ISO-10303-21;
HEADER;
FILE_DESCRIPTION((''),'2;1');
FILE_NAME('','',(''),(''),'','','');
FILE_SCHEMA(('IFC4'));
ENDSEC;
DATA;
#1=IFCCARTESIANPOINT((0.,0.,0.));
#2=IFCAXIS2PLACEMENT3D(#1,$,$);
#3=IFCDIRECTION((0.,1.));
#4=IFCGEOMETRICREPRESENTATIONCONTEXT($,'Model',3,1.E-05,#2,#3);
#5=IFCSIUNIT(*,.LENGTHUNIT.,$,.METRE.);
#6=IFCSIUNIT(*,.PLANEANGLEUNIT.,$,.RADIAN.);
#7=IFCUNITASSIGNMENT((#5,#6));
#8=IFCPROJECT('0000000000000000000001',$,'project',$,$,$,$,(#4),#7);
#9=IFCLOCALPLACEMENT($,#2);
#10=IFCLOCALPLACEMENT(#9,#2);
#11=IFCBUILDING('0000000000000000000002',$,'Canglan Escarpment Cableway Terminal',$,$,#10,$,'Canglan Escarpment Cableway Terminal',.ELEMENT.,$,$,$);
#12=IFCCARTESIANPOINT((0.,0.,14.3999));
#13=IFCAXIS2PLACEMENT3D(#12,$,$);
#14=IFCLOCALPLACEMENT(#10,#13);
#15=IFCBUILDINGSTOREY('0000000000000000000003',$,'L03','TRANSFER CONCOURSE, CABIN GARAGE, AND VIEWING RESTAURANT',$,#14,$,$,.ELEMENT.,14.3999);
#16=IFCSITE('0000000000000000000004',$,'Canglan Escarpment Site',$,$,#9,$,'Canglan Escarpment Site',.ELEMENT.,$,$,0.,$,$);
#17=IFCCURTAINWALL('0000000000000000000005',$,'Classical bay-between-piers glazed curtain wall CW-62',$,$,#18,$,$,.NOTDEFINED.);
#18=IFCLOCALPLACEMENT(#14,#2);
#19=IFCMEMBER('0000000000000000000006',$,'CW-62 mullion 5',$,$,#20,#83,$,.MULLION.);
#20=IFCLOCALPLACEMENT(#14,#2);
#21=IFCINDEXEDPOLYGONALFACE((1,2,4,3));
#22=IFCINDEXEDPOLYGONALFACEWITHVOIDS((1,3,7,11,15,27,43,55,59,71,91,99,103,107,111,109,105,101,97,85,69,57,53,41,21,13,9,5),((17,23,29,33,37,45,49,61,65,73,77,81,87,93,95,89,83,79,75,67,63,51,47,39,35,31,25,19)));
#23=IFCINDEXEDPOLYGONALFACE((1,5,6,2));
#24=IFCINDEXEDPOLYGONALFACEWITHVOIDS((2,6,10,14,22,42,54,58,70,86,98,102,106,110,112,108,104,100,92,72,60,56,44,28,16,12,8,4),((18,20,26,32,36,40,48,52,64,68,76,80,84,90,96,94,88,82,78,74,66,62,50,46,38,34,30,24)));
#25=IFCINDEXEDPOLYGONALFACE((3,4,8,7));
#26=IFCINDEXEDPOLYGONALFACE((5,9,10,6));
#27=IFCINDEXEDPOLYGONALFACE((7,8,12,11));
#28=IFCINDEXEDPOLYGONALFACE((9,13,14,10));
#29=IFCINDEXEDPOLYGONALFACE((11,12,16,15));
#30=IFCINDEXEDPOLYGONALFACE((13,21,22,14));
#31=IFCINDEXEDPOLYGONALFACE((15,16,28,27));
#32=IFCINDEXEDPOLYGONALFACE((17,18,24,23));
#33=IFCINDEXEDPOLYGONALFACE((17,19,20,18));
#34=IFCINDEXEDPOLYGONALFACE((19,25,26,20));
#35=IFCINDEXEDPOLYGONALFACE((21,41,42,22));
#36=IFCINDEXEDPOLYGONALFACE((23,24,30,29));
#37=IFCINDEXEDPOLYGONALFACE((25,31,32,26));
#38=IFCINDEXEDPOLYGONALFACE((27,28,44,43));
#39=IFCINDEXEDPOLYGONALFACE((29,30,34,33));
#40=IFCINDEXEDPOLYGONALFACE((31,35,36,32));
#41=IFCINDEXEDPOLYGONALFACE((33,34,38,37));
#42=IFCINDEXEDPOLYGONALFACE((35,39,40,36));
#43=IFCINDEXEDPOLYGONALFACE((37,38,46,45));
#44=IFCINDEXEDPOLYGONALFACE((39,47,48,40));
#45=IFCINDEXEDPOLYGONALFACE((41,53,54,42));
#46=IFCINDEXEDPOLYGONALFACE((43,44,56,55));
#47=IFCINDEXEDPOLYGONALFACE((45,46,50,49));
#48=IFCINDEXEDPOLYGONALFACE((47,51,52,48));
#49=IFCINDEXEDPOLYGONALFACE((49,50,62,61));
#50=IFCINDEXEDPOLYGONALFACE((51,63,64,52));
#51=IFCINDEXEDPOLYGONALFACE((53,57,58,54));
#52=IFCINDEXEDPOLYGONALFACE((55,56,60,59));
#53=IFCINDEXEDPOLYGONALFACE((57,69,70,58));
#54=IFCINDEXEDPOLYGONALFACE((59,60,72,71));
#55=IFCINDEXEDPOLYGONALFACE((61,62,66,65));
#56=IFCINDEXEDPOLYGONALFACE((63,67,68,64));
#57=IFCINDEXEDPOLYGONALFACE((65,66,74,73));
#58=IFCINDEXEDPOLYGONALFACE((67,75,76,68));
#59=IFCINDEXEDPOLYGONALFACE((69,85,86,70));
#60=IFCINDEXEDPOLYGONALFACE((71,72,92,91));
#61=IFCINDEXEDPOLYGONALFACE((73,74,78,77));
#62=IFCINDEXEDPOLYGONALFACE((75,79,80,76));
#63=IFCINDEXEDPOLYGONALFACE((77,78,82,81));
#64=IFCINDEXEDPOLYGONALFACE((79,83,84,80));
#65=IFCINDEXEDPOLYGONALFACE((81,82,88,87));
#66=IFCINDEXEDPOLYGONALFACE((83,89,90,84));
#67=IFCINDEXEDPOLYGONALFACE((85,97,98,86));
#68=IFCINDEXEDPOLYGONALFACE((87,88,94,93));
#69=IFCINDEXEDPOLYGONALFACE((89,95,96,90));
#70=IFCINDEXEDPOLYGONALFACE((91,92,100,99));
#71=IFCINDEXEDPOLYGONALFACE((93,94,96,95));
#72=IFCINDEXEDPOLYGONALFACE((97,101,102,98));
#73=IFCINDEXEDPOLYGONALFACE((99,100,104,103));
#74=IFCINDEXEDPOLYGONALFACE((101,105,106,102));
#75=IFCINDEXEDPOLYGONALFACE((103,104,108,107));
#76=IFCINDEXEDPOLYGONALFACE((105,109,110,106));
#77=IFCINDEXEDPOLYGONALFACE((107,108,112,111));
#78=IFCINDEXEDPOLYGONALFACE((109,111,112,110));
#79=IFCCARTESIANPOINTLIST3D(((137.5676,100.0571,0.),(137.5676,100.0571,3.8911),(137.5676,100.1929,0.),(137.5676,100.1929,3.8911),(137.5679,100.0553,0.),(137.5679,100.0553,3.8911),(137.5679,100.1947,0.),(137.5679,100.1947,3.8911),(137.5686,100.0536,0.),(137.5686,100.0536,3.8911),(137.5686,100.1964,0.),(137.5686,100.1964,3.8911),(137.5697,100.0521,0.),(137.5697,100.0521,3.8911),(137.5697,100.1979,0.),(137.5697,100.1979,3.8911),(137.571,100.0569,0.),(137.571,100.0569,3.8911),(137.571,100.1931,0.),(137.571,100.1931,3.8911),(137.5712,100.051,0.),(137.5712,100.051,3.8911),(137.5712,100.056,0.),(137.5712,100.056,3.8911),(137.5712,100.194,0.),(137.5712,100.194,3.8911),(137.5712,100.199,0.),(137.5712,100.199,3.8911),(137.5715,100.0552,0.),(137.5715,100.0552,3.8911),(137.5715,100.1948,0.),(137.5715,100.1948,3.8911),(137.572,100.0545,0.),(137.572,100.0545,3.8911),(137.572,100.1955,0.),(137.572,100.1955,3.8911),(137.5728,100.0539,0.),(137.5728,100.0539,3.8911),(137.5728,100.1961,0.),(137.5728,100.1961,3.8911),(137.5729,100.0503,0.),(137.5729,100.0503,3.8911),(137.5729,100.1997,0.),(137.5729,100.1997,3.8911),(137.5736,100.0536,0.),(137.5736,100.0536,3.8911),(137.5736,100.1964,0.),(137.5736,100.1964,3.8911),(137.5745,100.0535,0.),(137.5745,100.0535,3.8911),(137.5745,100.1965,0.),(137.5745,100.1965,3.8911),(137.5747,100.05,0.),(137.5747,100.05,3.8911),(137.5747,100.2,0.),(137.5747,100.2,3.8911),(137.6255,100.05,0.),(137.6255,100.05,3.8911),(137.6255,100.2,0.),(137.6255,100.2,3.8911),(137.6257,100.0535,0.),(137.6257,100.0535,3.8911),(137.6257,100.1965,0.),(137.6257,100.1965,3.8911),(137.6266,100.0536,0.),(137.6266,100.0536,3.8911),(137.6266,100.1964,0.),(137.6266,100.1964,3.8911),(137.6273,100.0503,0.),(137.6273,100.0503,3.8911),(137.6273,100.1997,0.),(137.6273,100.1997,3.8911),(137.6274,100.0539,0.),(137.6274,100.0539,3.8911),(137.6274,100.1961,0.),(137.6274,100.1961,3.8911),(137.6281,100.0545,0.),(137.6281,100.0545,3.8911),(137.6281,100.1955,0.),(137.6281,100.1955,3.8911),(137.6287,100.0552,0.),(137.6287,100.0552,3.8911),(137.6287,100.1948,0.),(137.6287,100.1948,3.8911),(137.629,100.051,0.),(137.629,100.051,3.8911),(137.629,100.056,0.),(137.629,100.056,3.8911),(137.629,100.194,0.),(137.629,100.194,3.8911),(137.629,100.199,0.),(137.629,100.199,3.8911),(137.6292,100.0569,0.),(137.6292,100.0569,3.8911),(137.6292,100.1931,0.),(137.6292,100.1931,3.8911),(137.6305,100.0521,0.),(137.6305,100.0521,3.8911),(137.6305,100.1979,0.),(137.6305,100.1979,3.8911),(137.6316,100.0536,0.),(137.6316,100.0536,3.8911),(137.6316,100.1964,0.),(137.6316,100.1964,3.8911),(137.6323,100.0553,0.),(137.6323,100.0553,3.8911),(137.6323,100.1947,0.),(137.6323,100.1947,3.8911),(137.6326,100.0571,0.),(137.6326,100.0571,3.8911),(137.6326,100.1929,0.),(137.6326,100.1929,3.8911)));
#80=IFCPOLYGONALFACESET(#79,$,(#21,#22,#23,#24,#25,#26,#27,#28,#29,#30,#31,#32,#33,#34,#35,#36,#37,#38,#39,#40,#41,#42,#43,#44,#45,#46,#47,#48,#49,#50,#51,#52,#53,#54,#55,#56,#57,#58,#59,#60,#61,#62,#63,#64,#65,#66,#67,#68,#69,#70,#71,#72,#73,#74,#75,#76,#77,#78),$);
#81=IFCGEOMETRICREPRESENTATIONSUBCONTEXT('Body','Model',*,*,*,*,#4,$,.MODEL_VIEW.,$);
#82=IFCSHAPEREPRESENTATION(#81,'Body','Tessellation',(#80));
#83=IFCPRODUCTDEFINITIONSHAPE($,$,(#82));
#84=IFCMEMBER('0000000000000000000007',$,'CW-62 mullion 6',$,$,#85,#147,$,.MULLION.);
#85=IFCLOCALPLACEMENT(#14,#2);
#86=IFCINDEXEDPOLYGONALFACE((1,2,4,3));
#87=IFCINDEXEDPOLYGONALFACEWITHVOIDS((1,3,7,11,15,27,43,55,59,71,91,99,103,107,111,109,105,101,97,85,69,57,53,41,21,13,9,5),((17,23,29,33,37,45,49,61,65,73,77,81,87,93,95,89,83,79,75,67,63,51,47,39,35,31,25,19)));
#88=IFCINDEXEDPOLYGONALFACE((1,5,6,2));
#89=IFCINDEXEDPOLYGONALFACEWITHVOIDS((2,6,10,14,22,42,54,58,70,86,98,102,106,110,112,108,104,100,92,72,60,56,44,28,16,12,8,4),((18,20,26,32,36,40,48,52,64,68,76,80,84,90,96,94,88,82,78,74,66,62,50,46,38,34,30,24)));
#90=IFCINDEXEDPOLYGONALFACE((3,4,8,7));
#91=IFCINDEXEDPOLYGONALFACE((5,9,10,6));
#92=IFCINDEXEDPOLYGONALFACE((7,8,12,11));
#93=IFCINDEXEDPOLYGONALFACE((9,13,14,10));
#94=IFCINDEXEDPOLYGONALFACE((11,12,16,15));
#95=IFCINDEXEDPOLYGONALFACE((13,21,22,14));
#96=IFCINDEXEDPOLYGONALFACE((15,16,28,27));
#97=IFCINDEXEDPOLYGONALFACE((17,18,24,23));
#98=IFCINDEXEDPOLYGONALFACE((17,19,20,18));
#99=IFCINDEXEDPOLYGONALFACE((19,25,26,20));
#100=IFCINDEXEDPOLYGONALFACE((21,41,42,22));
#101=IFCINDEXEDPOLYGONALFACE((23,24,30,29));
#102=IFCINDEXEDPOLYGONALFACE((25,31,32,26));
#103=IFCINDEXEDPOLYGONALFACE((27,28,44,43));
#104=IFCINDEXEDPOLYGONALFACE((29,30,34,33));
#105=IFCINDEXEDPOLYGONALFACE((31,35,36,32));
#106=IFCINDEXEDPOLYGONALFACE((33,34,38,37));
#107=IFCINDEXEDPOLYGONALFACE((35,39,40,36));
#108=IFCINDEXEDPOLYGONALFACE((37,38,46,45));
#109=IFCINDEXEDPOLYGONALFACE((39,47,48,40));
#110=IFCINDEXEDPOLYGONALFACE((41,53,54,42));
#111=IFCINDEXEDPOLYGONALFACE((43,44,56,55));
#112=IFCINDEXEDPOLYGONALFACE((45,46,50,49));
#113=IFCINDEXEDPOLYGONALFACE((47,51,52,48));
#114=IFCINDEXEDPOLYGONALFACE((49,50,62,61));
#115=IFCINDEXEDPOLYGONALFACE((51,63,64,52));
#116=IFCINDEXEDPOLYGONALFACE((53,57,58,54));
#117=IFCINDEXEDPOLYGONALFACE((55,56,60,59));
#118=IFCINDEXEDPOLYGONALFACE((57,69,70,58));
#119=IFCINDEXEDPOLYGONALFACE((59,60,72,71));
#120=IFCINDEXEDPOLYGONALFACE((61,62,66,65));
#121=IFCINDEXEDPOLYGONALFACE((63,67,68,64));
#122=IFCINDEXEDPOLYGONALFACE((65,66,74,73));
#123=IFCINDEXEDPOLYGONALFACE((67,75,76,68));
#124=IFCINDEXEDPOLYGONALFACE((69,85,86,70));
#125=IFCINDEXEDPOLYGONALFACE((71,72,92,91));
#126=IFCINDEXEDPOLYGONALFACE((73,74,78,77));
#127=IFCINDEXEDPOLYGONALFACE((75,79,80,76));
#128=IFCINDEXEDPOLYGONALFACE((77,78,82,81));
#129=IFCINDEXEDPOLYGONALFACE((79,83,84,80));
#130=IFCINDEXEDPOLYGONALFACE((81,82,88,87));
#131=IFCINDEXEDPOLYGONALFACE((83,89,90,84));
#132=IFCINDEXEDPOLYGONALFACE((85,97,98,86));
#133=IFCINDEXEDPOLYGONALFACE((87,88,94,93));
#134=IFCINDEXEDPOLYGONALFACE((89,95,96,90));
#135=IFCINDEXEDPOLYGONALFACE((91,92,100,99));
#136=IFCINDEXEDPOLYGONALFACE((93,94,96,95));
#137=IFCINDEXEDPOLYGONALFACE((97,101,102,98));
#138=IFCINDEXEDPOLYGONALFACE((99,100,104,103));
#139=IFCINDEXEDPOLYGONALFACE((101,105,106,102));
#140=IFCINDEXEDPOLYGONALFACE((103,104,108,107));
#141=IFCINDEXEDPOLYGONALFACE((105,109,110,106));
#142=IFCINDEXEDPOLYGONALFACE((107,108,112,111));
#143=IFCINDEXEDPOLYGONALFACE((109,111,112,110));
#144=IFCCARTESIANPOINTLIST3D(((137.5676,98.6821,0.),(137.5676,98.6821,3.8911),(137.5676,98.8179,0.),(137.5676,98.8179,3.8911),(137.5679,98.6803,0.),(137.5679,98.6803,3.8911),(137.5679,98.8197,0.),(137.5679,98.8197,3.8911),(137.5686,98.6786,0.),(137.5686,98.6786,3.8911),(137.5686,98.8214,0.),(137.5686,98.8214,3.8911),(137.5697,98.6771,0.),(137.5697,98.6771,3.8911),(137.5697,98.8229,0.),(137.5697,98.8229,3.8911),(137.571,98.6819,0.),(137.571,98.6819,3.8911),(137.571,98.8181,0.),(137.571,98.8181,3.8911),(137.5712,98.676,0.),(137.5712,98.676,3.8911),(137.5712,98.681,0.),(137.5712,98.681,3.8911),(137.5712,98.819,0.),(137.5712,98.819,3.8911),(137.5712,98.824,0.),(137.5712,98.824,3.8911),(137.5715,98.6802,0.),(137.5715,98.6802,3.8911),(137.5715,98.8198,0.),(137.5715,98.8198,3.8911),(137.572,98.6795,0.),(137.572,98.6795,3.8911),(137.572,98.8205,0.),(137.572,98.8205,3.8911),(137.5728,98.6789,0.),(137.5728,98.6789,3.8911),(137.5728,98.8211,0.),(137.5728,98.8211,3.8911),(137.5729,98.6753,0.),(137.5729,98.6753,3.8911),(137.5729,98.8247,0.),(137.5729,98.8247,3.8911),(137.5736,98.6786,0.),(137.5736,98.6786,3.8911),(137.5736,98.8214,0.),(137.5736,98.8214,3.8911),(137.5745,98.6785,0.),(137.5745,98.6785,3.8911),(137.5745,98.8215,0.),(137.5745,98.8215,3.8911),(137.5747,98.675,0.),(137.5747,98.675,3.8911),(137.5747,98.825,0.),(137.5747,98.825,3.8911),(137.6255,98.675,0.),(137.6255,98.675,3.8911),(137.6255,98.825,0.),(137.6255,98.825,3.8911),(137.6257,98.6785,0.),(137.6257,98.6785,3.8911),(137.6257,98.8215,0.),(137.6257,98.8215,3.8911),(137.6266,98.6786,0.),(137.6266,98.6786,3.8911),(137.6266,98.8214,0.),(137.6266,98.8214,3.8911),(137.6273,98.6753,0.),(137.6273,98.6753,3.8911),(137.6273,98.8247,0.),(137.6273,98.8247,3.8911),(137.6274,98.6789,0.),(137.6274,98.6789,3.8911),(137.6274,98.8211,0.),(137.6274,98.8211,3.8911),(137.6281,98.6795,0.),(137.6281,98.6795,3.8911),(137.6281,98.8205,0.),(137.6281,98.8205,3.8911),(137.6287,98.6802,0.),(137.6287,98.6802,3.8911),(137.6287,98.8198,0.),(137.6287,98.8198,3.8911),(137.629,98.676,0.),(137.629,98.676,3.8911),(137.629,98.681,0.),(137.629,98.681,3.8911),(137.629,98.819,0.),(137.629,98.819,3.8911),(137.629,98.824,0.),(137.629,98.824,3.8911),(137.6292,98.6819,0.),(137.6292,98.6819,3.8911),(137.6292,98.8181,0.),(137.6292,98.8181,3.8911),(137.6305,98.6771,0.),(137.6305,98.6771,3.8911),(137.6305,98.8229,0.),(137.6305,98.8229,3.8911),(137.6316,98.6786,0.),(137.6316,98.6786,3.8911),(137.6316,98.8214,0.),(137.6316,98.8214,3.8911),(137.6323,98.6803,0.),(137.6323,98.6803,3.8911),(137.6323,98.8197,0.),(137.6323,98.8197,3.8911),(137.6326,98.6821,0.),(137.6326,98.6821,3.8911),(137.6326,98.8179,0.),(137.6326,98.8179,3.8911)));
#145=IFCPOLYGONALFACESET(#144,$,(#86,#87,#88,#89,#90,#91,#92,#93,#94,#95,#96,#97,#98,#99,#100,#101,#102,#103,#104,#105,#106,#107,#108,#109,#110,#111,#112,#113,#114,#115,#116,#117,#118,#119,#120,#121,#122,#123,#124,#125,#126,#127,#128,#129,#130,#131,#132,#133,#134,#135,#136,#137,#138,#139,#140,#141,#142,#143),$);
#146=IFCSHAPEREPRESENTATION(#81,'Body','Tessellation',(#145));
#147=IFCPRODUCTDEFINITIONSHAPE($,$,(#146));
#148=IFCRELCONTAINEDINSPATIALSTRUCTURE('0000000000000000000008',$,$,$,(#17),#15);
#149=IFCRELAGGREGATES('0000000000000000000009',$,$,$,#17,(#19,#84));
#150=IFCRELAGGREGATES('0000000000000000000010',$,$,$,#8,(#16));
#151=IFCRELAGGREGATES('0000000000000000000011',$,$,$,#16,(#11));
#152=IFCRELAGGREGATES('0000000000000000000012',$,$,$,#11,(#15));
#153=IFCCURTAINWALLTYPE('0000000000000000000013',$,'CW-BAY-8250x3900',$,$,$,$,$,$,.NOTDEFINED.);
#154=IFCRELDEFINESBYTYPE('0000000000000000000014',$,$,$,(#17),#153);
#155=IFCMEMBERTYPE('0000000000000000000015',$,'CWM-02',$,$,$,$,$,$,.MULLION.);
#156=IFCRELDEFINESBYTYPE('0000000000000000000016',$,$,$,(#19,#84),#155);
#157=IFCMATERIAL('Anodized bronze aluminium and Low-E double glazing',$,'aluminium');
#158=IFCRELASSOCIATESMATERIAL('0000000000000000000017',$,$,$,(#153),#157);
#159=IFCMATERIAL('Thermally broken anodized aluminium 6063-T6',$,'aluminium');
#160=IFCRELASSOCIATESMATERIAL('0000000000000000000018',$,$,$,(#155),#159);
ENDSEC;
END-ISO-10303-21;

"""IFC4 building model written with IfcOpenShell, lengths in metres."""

from ifc_helpers import new_model, si_unit, direction, frame, origin, origin_2d, place, context, subcontext, project, spatial, hollow_rectangle, extrude, material, material_profile, profile_set, type_object, element, aggregate, save


model = new_model("IFC4")

# Units and contexts
model_context = context("Model", 3, precision=1e-05, world=origin(), true_north=direction((0.0, 1.0)))
body_context = subcontext(model_context, "Body", "Model", "MODEL_VIEW")
ifc_project = project(units=[si_unit("LENGTHUNIT", "METRE"), si_unit("PLANEANGLEUNIT", "RADIAN")], contexts=[model_context])

# Site, building, storey
site_placement = place(None, origin())
site = spatial("IfcSite", under=ifc_project, at=site_placement, Name="Canglan Escarpment Site", LongName="Canglan Escarpment Site", CompositionType="ELEMENT", RefElevation=0.0)
building_placement = place(site_placement, origin())
building = spatial("IfcBuilding", under=site, at=building_placement, Name="Canglan Escarpment Cableway Terminal", LongName="Canglan Escarpment Cableway Terminal", CompositionType="ELEMENT")
storey_placement = place(building_placement, frame((0.0, 0.0, 14.3999)))
storey = spatial("IfcBuildingStorey", under=building, at=storey_placement, Name="L03", Description="TRANSFER CONCOURSE, CABIN GARAGE, AND VIEWING RESTAURANT", CompositionType="ELEMENT", Elevation=14.3999)

# Curtain wall, members
ifc_material_1 = material(Name="Anodized bronze aluminium and Low-E double glazing", Category="aluminium")
curtain_wall_type = type_object("IfcCurtainWallType", Name="CW-BAY-8250x3900", PredefinedType="NOTDEFINED", material=ifc_material_1)
curtain_wall_placement = place(storey_placement, origin())
curtain_wall = element("IfcCurtainWall", 1, at=curtain_wall_placement, inside=storey, type_object=curtain_wall_type, Name="Classical bay-between-piers glazed curtain wall CW-62", PredefinedType="NOTDEFINED")
ifc_material_2 = material(Name="Thermally broken anodized aluminium 6063-T6", Category="aluminium")
ifc_material_profile_1 = material_profile(ifc_material_2, hollow_rectangle(XDim=0.0649, YDim=0.1499, WallThickness=0.0034, InnerFilletRadius=0.0034, OuterFilletRadius=0.0071, at=origin_2d()), Name="ALU-MULL 65x150x3.5")
ifc_profile_set_1 = profile_set([ifc_material_profile_1], Name="Thermally broken anodized aluminium 6063-T6")
member_type_1 = type_object("IfcMemberType", Name="CWM-02", PredefinedType="MULLION", material=ifc_profile_set_1)
member_1_placement = place(storey_placement, frame((137.6001, 100.125, 0.0), z_axis=(0.0, 0.0, 1.0), x_axis=(1.0, 0.0, 0.0)))
member_1 = element("IfcMember", 2, at=member_1_placement, type_object=member_type_1, Name="CW-62 mullion 5", PredefinedType="MULLION", context=body_context, shape_type="SweptSolid", body=[
    extrude(hollow_rectangle(XDim=0.0649, YDim=0.1499, WallThickness=0.0034, InnerFilletRadius=0.0034, OuterFilletRadius=0.0071, at=origin_2d()), origin(), (0.0, 0.0, 1.0), 3.8911),
])
member_2_placement = place(storey_placement, frame((137.6001, 98.75, 0.0), z_axis=(0.0, 0.0, 1.0), x_axis=(1.0, 0.0, 0.0)))
member_2 = element("IfcMember", 3, at=member_2_placement, type_object=member_type_1, Name="CW-62 mullion 6", PredefinedType="MULLION", context=body_context, shape_type="SweptSolid", body=[
    extrude(hollow_rectangle(XDim=0.0649, YDim=0.1499, WallThickness=0.0034, InnerFilletRadius=0.0034, OuterFilletRadius=0.0071, at=origin_2d()), origin(), (0.0, 0.0, 1.0), 3.8911),
])
aggregate(curtain_wall, [member_1, member_2])

save(model, "model.ifc")
